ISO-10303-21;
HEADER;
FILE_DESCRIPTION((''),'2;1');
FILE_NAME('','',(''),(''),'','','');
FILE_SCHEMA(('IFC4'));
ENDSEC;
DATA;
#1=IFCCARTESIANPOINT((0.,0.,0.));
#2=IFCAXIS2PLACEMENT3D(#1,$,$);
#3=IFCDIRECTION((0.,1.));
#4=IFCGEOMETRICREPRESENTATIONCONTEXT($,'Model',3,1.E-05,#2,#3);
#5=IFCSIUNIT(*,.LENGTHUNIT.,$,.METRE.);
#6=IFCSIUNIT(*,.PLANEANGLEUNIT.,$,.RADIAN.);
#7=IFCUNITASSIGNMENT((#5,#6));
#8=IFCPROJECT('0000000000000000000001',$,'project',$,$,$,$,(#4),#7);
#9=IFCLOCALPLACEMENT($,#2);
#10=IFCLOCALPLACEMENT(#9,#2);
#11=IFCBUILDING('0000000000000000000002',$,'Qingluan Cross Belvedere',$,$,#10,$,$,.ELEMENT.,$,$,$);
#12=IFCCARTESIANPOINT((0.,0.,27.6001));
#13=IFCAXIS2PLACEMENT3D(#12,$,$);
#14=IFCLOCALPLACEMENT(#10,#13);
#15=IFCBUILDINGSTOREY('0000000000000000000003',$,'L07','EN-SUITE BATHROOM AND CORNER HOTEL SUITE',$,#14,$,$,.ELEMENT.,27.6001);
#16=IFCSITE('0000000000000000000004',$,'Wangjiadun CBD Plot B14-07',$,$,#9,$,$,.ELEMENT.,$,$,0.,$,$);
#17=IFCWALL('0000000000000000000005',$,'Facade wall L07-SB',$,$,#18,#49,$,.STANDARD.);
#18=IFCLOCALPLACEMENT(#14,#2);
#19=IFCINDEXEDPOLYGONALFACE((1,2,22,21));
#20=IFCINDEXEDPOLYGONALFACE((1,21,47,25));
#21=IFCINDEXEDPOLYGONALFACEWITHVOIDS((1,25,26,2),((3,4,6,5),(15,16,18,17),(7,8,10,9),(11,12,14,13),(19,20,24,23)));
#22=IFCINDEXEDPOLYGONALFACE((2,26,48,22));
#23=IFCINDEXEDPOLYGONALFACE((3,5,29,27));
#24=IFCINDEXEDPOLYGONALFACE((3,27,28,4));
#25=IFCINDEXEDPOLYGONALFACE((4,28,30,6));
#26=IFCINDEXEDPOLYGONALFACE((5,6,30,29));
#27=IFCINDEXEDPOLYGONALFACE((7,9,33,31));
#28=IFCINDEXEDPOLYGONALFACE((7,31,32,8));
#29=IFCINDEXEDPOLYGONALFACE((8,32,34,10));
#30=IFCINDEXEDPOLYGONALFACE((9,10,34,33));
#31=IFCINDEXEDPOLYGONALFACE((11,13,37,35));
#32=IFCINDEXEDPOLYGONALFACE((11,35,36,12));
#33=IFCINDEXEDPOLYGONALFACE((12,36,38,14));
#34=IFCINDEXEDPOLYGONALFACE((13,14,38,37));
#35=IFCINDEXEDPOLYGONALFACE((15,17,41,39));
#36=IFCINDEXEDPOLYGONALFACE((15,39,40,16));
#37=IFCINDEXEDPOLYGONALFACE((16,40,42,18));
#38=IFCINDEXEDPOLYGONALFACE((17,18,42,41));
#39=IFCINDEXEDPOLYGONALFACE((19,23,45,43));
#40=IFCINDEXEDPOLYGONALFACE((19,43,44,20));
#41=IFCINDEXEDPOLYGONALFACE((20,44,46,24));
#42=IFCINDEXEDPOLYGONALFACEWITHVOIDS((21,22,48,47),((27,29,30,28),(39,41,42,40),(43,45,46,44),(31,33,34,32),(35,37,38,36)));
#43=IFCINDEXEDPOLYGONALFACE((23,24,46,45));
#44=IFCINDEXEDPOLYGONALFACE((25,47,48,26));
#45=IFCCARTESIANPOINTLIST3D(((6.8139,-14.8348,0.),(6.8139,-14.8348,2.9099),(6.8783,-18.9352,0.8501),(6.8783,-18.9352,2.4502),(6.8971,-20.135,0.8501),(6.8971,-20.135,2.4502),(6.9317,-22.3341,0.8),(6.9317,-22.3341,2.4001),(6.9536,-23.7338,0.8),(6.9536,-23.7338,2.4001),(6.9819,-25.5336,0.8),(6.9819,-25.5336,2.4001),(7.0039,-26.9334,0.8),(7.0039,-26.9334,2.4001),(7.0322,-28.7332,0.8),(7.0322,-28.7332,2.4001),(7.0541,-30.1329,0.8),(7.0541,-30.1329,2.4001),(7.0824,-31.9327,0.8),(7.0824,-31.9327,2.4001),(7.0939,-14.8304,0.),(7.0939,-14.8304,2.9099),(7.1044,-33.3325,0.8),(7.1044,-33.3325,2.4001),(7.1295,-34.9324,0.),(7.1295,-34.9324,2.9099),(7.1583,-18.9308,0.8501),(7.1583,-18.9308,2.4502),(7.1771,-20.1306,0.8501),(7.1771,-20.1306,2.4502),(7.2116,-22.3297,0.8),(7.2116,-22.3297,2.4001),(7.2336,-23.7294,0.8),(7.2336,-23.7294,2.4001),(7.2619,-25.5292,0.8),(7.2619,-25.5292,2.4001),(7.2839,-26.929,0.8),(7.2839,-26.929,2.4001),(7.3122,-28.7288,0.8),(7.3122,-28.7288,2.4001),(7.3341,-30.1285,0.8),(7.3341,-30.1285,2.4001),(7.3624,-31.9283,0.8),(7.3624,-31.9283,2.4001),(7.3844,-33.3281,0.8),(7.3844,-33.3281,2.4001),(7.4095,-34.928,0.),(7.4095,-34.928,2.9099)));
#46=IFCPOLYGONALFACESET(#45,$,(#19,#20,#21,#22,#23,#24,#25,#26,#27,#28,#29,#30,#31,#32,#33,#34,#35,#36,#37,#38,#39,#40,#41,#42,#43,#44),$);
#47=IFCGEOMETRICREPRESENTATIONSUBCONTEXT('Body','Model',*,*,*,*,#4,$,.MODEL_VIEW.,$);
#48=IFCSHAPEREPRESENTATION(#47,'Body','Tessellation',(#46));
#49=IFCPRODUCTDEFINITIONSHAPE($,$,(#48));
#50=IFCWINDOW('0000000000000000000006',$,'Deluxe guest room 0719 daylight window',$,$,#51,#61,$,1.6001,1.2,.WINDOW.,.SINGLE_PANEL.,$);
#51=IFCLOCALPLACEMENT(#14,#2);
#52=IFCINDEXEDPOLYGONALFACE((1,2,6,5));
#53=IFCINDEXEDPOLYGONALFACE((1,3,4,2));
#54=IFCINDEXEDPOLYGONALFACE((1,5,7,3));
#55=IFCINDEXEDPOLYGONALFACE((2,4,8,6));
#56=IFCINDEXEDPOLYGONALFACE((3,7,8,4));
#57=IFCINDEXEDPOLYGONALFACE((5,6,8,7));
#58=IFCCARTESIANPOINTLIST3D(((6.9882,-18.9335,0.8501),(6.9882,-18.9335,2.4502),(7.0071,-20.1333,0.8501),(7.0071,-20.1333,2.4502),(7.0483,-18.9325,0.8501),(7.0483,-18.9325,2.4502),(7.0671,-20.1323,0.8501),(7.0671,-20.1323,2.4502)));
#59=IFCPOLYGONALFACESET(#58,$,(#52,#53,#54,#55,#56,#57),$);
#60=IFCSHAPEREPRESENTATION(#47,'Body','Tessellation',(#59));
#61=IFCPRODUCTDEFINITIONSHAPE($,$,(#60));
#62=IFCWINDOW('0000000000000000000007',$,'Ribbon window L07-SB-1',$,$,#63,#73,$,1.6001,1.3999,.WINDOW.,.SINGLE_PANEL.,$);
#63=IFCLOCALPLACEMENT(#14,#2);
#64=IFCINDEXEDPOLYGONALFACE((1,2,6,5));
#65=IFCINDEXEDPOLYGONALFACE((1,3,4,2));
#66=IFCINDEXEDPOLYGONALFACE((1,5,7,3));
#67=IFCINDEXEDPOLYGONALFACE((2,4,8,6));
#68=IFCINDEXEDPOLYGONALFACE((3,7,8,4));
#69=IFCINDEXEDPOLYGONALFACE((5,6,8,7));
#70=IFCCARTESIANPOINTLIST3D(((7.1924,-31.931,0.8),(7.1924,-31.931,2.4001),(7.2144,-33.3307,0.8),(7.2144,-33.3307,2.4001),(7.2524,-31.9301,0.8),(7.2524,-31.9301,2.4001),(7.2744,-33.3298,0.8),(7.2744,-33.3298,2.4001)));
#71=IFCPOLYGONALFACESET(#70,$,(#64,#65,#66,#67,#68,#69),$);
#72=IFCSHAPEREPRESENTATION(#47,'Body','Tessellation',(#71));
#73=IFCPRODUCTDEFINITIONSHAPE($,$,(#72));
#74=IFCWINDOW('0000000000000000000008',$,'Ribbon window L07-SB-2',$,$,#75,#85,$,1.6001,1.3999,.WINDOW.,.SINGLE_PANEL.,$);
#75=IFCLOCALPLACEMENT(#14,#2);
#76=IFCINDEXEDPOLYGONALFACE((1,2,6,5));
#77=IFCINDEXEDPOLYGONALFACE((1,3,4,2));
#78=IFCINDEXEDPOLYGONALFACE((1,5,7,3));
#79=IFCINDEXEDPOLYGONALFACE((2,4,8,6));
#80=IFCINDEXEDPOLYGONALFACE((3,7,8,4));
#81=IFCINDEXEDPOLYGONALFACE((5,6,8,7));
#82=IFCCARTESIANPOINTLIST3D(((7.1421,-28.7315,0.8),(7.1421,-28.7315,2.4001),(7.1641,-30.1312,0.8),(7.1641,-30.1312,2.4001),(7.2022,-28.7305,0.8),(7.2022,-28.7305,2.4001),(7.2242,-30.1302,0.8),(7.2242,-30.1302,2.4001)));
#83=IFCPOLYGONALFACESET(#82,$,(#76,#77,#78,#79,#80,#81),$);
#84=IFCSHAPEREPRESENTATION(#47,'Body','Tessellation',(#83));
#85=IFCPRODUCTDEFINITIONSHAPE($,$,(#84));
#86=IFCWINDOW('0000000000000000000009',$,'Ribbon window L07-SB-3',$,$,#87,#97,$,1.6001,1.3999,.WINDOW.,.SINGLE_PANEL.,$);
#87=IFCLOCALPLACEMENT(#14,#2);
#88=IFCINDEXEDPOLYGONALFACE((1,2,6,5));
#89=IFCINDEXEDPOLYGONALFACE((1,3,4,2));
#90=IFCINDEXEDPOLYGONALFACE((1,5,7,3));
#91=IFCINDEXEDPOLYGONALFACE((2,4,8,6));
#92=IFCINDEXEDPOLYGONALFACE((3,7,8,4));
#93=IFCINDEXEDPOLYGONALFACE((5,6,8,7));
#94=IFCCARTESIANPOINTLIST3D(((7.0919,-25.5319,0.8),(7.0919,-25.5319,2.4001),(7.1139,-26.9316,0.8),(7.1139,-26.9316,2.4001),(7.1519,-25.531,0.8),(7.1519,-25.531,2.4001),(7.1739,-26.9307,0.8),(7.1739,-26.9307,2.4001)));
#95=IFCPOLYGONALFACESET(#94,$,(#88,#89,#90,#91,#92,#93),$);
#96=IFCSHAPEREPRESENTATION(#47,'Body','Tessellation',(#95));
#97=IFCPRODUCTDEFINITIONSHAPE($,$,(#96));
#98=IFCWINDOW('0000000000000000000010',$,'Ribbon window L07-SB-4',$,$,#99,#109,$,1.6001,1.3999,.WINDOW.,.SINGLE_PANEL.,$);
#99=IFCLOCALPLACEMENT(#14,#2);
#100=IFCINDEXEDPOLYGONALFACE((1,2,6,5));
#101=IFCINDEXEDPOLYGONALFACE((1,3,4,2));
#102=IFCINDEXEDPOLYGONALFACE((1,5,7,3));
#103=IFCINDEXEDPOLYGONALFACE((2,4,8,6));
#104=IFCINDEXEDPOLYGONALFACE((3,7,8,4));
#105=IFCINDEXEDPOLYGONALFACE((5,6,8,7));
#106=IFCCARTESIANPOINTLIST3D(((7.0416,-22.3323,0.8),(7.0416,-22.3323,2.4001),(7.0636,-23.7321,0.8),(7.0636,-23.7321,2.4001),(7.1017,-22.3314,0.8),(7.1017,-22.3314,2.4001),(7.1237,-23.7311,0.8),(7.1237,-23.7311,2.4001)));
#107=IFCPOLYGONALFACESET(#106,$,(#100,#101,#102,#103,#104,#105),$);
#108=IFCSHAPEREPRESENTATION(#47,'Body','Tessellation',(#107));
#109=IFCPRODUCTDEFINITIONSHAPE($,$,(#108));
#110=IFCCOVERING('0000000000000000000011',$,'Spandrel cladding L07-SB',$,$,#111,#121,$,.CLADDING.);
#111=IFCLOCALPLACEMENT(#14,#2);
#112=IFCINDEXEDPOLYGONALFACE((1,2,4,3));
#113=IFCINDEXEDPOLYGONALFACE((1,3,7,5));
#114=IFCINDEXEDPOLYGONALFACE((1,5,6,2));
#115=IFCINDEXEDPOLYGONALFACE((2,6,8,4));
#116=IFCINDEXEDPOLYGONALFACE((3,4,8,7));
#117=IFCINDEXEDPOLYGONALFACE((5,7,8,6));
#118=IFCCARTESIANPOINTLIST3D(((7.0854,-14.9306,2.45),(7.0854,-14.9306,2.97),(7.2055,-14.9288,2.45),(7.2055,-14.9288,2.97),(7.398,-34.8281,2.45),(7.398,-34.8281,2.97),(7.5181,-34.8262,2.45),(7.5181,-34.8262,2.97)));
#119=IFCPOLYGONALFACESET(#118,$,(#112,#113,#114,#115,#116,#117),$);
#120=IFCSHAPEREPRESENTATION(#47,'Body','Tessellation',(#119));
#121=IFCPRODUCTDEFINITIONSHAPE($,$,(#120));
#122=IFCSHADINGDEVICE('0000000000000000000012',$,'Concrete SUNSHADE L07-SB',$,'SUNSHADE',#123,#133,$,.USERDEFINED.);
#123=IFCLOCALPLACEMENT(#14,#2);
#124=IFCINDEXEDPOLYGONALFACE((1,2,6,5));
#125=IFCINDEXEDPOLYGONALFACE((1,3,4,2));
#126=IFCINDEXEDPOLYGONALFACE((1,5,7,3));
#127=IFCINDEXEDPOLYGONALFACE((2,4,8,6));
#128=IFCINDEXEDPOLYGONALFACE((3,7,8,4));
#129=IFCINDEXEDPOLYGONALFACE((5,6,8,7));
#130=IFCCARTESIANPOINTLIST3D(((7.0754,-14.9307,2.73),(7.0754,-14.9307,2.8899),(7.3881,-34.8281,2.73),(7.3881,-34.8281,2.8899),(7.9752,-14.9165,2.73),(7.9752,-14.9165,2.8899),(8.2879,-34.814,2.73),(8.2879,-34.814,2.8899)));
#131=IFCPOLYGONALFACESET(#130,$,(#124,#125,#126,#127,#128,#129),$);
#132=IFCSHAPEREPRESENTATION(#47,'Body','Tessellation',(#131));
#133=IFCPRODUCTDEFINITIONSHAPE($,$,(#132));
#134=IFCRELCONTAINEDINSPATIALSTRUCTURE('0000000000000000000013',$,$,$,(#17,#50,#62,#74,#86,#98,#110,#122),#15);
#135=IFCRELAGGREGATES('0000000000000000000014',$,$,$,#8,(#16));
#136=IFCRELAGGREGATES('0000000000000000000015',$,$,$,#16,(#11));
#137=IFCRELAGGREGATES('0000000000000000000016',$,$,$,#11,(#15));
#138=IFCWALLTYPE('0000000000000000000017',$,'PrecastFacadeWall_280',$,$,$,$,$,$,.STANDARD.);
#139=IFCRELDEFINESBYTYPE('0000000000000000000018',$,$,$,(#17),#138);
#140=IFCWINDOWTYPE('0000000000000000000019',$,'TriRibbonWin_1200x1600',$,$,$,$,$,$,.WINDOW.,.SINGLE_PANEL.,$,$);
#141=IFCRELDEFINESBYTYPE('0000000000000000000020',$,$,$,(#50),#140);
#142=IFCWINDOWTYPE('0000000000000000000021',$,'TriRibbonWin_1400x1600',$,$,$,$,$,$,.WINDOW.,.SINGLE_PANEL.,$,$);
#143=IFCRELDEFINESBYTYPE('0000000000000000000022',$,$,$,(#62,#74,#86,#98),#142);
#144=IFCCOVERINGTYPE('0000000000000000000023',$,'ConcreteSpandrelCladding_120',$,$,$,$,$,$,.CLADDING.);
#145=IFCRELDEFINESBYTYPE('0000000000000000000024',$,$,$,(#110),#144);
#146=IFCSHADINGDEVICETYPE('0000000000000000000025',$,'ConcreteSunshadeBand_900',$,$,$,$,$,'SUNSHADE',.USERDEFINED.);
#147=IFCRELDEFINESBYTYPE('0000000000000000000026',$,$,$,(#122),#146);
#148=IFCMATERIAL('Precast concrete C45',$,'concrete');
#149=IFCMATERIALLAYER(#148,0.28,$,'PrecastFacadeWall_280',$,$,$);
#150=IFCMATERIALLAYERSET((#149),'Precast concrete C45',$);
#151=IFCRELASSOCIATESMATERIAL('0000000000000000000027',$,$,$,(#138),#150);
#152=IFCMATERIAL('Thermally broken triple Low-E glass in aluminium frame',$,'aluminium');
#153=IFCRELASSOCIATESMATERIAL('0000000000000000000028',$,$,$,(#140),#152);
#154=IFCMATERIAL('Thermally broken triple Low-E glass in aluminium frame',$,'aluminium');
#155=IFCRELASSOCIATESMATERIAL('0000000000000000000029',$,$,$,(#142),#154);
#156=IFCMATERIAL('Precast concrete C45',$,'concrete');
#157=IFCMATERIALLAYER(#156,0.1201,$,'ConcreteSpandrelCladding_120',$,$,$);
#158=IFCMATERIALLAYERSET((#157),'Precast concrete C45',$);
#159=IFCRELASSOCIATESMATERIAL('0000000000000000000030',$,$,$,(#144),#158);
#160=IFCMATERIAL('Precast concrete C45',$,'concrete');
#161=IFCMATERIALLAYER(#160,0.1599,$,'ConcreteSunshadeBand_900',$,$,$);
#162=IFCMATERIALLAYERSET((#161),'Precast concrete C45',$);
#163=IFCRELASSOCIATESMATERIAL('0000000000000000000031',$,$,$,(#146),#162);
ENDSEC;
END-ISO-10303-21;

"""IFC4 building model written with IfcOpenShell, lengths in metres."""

from ifc_helpers import new_model, si_unit, direction, frame, frame_2d, origin, origin_2d, place, context, subcontext, project, spatial, rectangle, extrude, material, layer, layer_set, type_object, element, fill, save


model = new_model("IFC4")

# Units and contexts
model_context = context("Model", 3, precision=1e-05, world=origin(), true_north=direction((0.0, 1.0)))
body_context = subcontext(model_context, "Body", "Model", "MODEL_VIEW")
ifc_project = project(units=[si_unit("LENGTHUNIT", "METRE"), si_unit("PLANEANGLEUNIT", "RADIAN")], contexts=[model_context])

# Site, building, storey
site_placement = place(None, origin())
site = spatial("IfcSite", under=ifc_project, at=site_placement, Name="Wangjiadun CBD Plot B14-07", CompositionType="ELEMENT", RefElevation=0.0)
building_placement = place(site_placement, origin())
building = spatial("IfcBuilding", under=site, at=building_placement, Name="Qingluan Cross Belvedere", CompositionType="ELEMENT")
storey_placement = place(building_placement, frame((0.0, 0.0, 27.6001)))
storey = spatial("IfcBuildingStorey", under=building, at=storey_placement, Name="L07", Description="EN-SUITE BATHROOM AND CORNER HOTEL SUITE", CompositionType="ELEMENT", Elevation=27.6001)

# Wall, openings, windows
ifc_material_1 = material(Name="Precast concrete C45", Category="concrete")
ifc_layer_1 = layer(ifc_material_1, 0.28, Name="PrecastFacadeWall_280")
ifc_layer_set_1 = layer_set([ifc_layer_1], Name="Precast concrete C45")
wall_type_1 = type_object("IfcWallType", Name="PrecastFacadeWall_280", PredefinedType="STANDARD", material=ifc_layer_set_1)
wall_1_placement = place(storey_placement, frame((7.2695, -34.9302, 0.0), z_axis=(0.0, 0.0, 1.0), x_axis=(-0.015705, 0.999877, 0.0)))
wall_1 = element("IfcWall", 1, at=wall_1_placement, inside=storey, type_object=wall_type_1, Name="Facade wall L07-SB", PredefinedType="STANDARD", context=body_context, shape_type="SweptSolid", body=[
    extrude(rectangle(XDim=20.1001, YDim=0.28, at=frame_2d((10.05, 0.0))), origin(), (0.0, 0.0, 1.0), 2.9099),
])
opening_1_placement = place(wall_1_placement, frame((1.6001, 0.0, 0.8)))
opening_1 = element("IfcOpeningElement", 2, at=opening_1_placement, cuts=wall_1, PredefinedType="OPENING", context=body_context, shape_type="SweptSolid", body=[
    extrude(rectangle(XDim=1.3999, YDim=1.6001, at=frame_2d((0.7, 0.8))), frame((0.0, 0.1499, 0.0), z_axis=(0.0, -1.0, 0.0), x_axis=(1.0, 0.0, 0.0)), (0.0, 0.0, 1.0), 0.3),
])
opening_2_placement = place(wall_1_placement, frame((4.8, 0.0, 0.8)))
opening_2 = element("IfcOpeningElement", 3, at=opening_2_placement, cuts=wall_1, PredefinedType="OPENING", context=body_context, shape_type="SweptSolid", body=[
    extrude(rectangle(XDim=1.3999, YDim=1.6001, at=frame_2d((0.7, 0.8))), frame((0.0, 0.1499, 0.0), z_axis=(0.0, -1.0, 0.0), x_axis=(1.0, 0.0, 0.0)), (0.0, 0.0, 1.0), 0.3),
])
opening_3_placement = place(wall_1_placement, frame((8.0, 0.0, 0.8)))
opening_3 = element("IfcOpeningElement", 4, at=opening_3_placement, cuts=wall_1, PredefinedType="OPENING", context=body_context, shape_type="SweptSolid", body=[
    extrude(rectangle(XDim=1.3999, YDim=1.6001, at=frame_2d((0.7, 0.8))), frame((0.0, 0.1499, 0.0), z_axis=(0.0, -1.0, 0.0), x_axis=(1.0, 0.0, 0.0)), (0.0, 0.0, 1.0), 0.3),
])
opening_4_placement = place(wall_1_placement, frame((11.2, 0.0, 0.8)))
opening_4 = element("IfcOpeningElement", 5, at=opening_4_placement, cuts=wall_1, PredefinedType="OPENING", context=body_context, shape_type="SweptSolid", body=[
    extrude(rectangle(XDim=1.3999, YDim=1.6001, at=frame_2d((0.7, 0.8))), frame((0.0, 0.1499, 0.0), z_axis=(0.0, -1.0, 0.0), x_axis=(1.0, 0.0, 0.0)), (0.0, 0.0, 1.0), 0.3),
])
opening_5_placement = place(wall_1_placement, frame((14.7991, 0.0, 0.8501)))
opening_5 = element("IfcOpeningElement", 6, at=opening_5_placement, cuts=wall_1, PredefinedType="OPENING", context=body_context, shape_type="SweptSolid", body=[
    extrude(rectangle(XDim=1.2, YDim=1.6001, at=frame_2d((0.6001, 0.8))), frame((0.0, 0.1499, 0.0), z_axis=(0.0, -1.0, 0.0), x_axis=(1.0, 0.0, 0.0)), (0.0, 0.0, 1.0), 0.3),
])
ifc_material_2 = material(Name="Thermally broken triple Low-E glass in aluminium frame", Category="aluminium")
window_type_1 = type_object("IfcWindowType", Name="TriRibbonWin_1200x1600", PartitioningType="SINGLE_PANEL", PredefinedType="WINDOW", material=ifc_material_2)
window_1_placement = place(opening_5_placement, origin())
window_1 = element("IfcWindow", 7, at=window_1_placement, inside=storey, type_object=window_type_1, Name="Deluxe guest room 0719 daylight window", OverallHeight=1.6001, OverallWidth=1.2, PartitioningType="SINGLE_PANEL", PredefinedType="WINDOW", context=body_context, shape_type="SweptSolid", body=[
    extrude(rectangle(XDim=1.2, YDim=1.6001, at=frame_2d((0.6001, 0.8))), frame((0.0, 0.03, 0.0), z_axis=(0.0, -1.0, 0.0), x_axis=(1.0, 0.0, 0.0)), (0.0, 0.0, 1.0), 0.0601),
])
fill(opening_5, window_1)
ifc_material_3 = material(Name="Thermally broken triple Low-E glass in aluminium frame", Category="aluminium")
window_type_2 = type_object("IfcWindowType", Name="TriRibbonWin_1400x1600", PartitioningType="SINGLE_PANEL", PredefinedType="WINDOW", material=ifc_material_3)
window_2_placement = place(opening_1_placement, origin())
window_2 = element("IfcWindow", 8, at=window_2_placement, inside=storey, type_object=window_type_2, Name="Ribbon window L07-SB-1", OverallHeight=1.6001, OverallWidth=1.3999, PartitioningType="SINGLE_PANEL", PredefinedType="WINDOW", context=body_context, shape_type="SweptSolid", body=[
    extrude(rectangle(XDim=1.3999, YDim=1.6001, at=frame_2d((0.7, 0.8))), frame((0.0, 0.03, 0.0), z_axis=(0.0, -1.0, 0.0), x_axis=(1.0, 0.0, 0.0)), (0.0, 0.0, 1.0), 0.0601),
])
fill(opening_1, window_2)
window_3_placement = place(opening_2_placement, origin())
window_3 = element("IfcWindow", 9, at=window_3_placement, inside=storey, type_object=window_type_2, Name="Ribbon window L07-SB-2", OverallHeight=1.6001, OverallWidth=1.3999, PartitioningType="SINGLE_PANEL", PredefinedType="WINDOW", context=body_context, shape_type="SweptSolid", body=[
    extrude(rectangle(XDim=1.3999, YDim=1.6001, at=frame_2d((0.7, 0.8))), frame((0.0, 0.03, 0.0), z_axis=(0.0, -1.0, 0.0), x_axis=(1.0, 0.0, 0.0)), (0.0, 0.0, 1.0), 0.0601),
])
fill(opening_2, window_3)
window_4_placement = place(opening_3_placement, origin())
window_4 = element("IfcWindow", 10, at=window_4_placement, inside=storey, type_object=window_type_2, Name="Ribbon window L07-SB-3", OverallHeight=1.6001, OverallWidth=1.3999, PartitioningType="SINGLE_PANEL", PredefinedType="WINDOW", context=body_context, shape_type="SweptSolid", body=[
    extrude(rectangle(XDim=1.3999, YDim=1.6001, at=frame_2d((0.7, 0.8))), frame((0.0, 0.03, 0.0), z_axis=(0.0, -1.0, 0.0), x_axis=(1.0, 0.0, 0.0)), (0.0, 0.0, 1.0), 0.0601),
])
fill(opening_3, window_4)
window_5_placement = place(opening_4_placement, origin())
window_5 = element("IfcWindow", 11, at=window_5_placement, inside=storey, type_object=window_type_2, Name="Ribbon window L07-SB-4", OverallHeight=1.6001, OverallWidth=1.3999, PartitioningType="SINGLE_PANEL", PredefinedType="WINDOW", context=body_context, shape_type="SweptSolid", body=[
    extrude(rectangle(XDim=1.3999, YDim=1.6001, at=frame_2d((0.7, 0.8))), frame((0.0, 0.03, 0.0), z_axis=(0.0, -1.0, 0.0), x_axis=(1.0, 0.0, 0.0)), (0.0, 0.0, 1.0), 0.0601),
])
fill(opening_4, window_5)

# Covering
ifc_material_4 = material(Name="Precast concrete C45", Category="concrete")
ifc_layer_2 = layer(ifc_material_4, 0.1201, Name="ConcreteSpandrelCladding_120")
ifc_layer_set_2 = layer_set([ifc_layer_2], Name="Precast concrete C45")
covering_type = type_object("IfcCoveringType", Name="ConcreteSpandrelCladding_120", PredefinedType="CLADDING", material=ifc_layer_set_2)
covering_placement = place(storey_placement, frame((7.3018, -24.8784, 2.45), z_axis=(0.0, 0.0, 1.0), x_axis=(-0.015711, 0.999877, 0.0)))
element("IfcCovering", 12, at=covering_placement, inside=storey, type_object=covering_type, Name="Spandrel cladding L07-SB", PredefinedType="CLADDING", context=body_context, shape_type="SweptSolid", body=[
    extrude(rectangle(XDim=19.8999, YDim=0.1201, at=origin_2d()), origin(), (0.0, 0.0, 1.0), 0.52),
])

# Shading device
ifc_material_5 = material(Name="Precast concrete C45", Category="concrete")
ifc_layer_3 = layer(ifc_material_5, 0.1599, Name="ConcreteSunshadeBand_900")
ifc_layer_set_3 = layer_set([ifc_layer_3], Name="Precast concrete C45")
shading_device_type = type_object("IfcShadingDeviceType", Name="ConcreteSunshadeBand_900", ElementType="SUNSHADE", PredefinedType="USERDEFINED", material=ifc_layer_set_3)
shading_device_placement = place(storey_placement, frame((7.6816, -24.8723, 2.73), z_axis=(0.0, 0.0, 1.0), x_axis=(-0.015711, 0.999877, 0.0)))
element("IfcShadingDevice", 13, at=shading_device_placement, inside=storey, type_object=shading_device_type, Name="Concrete SUNSHADE L07-SB", ObjectType="SUNSHADE", PredefinedType="USERDEFINED", context=body_context, shape_type="SweptSolid", body=[
    extrude(rectangle(XDim=19.8999, YDim=0.8999, at=origin_2d()), origin(), (0.0, 0.0, 1.0), 0.1599),
])

save(model, "model.ifc")
